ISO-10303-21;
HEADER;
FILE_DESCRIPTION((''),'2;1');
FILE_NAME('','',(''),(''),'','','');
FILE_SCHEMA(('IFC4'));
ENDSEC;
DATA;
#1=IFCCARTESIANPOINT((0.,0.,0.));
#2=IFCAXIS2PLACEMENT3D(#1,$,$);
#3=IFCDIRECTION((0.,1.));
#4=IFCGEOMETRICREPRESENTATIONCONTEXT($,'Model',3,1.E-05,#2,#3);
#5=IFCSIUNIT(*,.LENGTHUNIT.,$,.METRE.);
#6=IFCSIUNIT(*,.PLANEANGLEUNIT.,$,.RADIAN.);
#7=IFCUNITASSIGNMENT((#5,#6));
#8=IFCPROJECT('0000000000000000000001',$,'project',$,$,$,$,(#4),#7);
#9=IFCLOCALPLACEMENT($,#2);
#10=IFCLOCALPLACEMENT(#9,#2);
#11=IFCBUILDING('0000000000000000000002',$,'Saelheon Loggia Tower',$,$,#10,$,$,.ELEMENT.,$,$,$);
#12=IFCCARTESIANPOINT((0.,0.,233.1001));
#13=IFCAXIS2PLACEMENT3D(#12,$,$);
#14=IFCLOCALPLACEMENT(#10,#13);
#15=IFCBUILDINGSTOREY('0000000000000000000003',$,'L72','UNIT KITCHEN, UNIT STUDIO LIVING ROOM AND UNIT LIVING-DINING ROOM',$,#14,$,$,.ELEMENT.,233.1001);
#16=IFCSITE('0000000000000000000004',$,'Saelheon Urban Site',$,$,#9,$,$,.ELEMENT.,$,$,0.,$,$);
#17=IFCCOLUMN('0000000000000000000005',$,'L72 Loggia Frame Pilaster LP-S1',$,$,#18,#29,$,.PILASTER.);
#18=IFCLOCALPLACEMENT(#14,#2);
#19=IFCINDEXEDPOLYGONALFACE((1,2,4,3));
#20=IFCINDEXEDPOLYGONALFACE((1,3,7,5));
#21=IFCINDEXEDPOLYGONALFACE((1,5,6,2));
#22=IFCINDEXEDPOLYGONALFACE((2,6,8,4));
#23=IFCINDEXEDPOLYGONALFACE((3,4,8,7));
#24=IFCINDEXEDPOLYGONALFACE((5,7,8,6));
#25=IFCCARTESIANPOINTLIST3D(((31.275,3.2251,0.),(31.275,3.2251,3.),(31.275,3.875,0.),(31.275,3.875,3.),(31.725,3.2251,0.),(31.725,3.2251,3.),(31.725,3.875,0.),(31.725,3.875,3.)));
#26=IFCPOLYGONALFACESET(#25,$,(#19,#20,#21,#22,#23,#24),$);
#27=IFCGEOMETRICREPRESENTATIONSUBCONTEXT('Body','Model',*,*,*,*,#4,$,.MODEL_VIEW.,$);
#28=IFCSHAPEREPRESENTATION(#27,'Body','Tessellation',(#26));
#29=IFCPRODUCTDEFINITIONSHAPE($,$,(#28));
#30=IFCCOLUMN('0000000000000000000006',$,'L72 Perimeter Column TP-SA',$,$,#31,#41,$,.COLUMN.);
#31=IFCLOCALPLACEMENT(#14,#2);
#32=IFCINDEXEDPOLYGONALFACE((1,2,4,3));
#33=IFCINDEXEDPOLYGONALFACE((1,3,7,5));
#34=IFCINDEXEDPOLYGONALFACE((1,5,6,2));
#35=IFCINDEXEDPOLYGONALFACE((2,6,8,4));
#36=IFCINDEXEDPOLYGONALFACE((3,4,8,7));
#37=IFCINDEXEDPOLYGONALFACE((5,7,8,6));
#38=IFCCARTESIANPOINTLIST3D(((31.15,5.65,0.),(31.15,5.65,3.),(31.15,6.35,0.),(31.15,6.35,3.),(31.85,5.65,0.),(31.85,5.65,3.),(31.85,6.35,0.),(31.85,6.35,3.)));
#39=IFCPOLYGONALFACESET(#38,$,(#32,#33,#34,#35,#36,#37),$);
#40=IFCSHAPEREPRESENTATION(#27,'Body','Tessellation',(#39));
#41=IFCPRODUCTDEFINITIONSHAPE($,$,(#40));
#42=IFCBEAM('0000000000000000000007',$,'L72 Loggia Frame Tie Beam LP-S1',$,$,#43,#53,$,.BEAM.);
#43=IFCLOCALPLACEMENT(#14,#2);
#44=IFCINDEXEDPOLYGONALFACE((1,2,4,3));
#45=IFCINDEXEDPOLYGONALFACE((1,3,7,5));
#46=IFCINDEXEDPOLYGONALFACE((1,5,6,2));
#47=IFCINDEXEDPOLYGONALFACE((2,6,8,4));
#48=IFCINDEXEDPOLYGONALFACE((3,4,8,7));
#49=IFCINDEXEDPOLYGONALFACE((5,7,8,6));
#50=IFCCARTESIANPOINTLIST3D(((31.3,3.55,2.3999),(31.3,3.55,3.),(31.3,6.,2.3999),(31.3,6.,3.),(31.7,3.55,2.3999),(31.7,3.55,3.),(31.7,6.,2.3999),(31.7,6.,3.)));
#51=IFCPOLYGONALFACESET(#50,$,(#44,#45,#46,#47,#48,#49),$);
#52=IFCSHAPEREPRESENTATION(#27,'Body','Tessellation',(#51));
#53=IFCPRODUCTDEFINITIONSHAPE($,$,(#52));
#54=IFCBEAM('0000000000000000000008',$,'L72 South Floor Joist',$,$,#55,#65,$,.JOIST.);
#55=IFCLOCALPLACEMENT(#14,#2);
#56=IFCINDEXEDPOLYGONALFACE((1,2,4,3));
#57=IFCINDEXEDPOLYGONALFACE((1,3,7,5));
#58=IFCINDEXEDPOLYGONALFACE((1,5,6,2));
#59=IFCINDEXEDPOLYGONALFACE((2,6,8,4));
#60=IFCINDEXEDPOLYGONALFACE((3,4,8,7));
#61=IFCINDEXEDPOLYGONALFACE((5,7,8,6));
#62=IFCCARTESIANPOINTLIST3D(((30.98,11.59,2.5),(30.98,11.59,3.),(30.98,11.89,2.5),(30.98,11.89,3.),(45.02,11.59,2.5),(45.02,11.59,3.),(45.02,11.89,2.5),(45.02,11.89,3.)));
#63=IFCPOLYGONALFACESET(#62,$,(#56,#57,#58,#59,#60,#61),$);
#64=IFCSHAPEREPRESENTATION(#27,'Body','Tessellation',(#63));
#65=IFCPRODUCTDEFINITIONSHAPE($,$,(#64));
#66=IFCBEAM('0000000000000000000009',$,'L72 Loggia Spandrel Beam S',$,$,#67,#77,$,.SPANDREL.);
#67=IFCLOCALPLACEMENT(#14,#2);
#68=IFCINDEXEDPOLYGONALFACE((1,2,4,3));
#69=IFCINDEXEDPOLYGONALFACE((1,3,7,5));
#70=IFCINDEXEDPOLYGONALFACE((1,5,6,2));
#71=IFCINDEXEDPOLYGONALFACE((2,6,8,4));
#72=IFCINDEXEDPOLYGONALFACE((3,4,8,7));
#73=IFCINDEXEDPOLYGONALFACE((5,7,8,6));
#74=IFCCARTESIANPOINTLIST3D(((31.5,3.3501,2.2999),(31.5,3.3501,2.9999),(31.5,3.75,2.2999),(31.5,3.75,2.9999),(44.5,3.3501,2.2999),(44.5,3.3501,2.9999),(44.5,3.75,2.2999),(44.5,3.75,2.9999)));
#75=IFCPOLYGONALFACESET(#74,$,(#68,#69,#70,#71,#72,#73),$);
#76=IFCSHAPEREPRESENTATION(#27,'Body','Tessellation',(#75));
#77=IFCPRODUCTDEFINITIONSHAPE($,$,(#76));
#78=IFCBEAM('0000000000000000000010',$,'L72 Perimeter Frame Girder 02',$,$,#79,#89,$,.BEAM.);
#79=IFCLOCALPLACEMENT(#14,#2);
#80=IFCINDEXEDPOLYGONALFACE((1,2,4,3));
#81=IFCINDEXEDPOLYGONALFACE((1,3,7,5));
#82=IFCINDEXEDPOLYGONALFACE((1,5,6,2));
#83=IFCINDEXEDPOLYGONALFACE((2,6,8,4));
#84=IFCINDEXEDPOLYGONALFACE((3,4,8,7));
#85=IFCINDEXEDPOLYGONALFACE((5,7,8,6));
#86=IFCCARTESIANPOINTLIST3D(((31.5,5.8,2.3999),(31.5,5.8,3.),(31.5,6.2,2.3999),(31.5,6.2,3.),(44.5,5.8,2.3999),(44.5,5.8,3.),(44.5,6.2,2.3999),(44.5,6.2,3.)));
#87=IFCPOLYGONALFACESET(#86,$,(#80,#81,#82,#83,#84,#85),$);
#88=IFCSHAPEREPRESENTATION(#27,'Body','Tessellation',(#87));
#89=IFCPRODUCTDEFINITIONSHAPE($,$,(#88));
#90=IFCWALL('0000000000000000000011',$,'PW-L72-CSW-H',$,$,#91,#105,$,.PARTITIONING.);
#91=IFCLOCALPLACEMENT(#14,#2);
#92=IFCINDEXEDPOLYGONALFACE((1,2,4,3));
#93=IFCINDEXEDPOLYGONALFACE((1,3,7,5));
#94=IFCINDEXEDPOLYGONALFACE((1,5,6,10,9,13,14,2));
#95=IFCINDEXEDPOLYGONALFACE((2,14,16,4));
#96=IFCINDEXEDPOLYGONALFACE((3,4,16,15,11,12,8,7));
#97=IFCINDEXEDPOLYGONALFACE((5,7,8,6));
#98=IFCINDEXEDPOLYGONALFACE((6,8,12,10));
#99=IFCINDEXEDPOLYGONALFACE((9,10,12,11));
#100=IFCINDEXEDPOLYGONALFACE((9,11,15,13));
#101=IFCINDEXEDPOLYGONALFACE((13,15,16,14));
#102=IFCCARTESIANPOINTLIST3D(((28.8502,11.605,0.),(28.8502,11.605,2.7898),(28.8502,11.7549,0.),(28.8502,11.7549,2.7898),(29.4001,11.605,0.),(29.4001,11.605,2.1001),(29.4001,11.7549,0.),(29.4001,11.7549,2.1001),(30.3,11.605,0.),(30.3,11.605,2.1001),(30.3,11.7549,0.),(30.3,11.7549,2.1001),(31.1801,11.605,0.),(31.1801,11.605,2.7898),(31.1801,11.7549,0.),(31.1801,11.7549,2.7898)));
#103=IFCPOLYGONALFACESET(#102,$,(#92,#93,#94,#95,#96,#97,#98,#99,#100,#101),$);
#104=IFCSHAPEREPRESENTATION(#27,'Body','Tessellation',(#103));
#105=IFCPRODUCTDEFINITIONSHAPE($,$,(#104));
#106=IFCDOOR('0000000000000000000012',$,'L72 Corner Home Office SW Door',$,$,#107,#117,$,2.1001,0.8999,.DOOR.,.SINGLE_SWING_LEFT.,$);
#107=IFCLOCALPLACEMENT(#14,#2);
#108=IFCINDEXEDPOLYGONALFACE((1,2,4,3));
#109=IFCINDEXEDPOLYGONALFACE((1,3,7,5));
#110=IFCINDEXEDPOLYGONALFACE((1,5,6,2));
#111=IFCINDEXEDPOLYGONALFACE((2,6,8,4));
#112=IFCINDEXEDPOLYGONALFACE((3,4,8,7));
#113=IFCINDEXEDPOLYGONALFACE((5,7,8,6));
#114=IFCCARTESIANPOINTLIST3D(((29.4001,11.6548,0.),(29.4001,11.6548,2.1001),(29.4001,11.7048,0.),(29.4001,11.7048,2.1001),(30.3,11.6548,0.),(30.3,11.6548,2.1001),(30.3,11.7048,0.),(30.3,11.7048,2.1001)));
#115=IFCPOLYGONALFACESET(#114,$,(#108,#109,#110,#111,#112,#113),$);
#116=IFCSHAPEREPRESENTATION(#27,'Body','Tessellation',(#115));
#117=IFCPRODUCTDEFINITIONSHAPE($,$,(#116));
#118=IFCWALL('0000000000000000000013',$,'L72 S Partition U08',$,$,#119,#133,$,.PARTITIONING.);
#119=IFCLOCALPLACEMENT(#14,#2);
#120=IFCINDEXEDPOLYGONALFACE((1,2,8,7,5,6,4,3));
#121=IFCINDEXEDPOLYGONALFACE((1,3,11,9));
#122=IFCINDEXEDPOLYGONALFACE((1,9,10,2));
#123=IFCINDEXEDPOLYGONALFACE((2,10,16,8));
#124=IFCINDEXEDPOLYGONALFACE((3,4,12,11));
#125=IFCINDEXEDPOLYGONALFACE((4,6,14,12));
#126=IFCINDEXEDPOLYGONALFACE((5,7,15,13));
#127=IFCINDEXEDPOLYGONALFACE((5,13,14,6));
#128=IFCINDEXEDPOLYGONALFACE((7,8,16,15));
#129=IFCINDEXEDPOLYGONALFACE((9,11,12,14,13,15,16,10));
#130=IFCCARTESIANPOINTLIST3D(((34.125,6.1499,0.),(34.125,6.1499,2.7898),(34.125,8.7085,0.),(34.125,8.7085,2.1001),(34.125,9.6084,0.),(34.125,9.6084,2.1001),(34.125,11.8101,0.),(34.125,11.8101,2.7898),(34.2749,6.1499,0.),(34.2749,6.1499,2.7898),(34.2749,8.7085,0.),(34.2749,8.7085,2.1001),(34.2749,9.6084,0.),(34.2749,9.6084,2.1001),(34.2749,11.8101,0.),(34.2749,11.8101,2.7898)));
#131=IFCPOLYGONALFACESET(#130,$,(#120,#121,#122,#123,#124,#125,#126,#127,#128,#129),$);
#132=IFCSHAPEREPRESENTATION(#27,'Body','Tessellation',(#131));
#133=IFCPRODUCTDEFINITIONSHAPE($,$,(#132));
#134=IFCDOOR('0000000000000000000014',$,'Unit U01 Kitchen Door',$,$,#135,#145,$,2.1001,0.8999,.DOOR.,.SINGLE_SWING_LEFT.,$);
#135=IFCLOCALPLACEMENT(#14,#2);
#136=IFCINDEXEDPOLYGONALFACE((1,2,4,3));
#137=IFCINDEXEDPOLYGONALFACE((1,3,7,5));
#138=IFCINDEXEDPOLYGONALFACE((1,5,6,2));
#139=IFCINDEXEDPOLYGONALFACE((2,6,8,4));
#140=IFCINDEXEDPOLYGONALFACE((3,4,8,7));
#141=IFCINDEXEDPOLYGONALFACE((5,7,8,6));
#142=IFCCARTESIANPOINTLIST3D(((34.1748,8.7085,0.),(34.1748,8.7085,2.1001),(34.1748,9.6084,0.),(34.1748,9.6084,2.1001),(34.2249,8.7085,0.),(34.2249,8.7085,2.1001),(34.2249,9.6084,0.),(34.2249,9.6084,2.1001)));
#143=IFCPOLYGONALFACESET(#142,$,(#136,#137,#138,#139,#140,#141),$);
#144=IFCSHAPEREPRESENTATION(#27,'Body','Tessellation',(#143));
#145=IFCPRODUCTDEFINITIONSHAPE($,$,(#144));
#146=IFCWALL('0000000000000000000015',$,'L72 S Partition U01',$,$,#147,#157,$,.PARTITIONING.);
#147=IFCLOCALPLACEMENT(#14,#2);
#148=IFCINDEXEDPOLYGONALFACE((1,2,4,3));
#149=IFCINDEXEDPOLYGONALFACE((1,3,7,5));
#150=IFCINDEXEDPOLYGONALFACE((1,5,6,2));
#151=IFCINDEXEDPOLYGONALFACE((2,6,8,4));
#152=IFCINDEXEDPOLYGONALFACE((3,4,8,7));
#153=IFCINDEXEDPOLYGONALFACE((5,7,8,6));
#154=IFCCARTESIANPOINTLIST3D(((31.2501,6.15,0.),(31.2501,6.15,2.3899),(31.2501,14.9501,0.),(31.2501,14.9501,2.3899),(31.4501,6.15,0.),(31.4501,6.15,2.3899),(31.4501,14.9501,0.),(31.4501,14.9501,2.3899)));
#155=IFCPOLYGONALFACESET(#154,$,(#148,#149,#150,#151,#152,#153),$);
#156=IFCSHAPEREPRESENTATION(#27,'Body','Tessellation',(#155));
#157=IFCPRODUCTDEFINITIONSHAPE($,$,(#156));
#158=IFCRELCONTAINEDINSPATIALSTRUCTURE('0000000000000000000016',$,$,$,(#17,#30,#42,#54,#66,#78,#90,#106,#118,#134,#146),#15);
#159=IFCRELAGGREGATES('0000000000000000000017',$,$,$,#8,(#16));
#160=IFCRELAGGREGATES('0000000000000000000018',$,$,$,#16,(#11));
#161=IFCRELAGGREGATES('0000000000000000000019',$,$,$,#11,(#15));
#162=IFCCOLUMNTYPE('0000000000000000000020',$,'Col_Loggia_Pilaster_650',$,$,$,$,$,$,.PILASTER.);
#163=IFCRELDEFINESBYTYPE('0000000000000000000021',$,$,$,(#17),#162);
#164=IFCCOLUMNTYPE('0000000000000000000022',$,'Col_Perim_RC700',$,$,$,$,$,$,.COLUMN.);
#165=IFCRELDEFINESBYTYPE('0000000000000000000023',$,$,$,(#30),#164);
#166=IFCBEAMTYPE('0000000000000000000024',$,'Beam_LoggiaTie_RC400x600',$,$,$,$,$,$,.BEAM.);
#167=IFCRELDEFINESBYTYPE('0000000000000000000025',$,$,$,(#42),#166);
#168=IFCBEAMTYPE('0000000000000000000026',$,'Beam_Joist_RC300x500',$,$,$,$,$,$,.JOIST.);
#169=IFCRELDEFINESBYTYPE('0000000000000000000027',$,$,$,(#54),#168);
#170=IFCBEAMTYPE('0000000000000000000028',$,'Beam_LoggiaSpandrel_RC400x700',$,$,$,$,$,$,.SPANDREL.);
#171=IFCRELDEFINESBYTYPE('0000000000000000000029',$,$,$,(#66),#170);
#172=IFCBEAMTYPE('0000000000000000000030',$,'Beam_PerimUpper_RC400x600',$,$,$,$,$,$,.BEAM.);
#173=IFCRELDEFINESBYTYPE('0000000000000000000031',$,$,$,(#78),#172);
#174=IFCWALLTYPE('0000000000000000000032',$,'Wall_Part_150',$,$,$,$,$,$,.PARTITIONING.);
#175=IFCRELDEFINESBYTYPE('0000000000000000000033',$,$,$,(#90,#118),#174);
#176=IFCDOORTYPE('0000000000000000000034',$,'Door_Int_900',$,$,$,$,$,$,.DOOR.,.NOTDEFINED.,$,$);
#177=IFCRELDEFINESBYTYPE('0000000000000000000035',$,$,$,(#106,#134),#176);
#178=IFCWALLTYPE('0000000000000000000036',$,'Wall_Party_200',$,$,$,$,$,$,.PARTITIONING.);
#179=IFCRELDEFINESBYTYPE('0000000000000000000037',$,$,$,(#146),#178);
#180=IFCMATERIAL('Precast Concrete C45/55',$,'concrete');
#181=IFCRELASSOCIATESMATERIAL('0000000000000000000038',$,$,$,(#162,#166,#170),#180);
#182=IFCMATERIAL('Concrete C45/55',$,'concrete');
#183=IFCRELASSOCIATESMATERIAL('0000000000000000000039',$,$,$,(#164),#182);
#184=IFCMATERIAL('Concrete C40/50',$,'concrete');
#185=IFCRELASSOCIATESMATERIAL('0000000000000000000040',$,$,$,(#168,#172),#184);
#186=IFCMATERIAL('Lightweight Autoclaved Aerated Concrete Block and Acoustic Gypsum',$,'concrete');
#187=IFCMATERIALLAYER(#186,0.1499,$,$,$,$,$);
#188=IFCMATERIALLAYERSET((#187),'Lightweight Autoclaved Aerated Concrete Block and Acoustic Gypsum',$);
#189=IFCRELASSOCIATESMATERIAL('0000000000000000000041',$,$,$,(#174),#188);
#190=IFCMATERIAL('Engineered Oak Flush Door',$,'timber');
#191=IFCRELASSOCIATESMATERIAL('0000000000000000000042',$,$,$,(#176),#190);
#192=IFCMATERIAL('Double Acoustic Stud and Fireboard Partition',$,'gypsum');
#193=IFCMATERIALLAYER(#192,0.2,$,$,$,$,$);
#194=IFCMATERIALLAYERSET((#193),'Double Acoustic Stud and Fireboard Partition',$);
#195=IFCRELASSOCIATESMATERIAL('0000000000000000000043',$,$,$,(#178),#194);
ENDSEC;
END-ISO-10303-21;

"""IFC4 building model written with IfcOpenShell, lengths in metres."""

from ifc_helpers import new_model, si_unit, direction, frame, frame_2d, origin, origin_2d, place, context, subcontext, project, spatial, rectangle, extrude, source, transform, mapped, material, layer, layer_set, material_profile, profile_set, type_object, element, fill, save


model = new_model("IFC4")

# Units and contexts
model_context = context("Model", 3, precision=1e-05, world=origin(), true_north=direction((0.0, 1.0)))
body_context = subcontext(model_context, "Body", "Model", "MODEL_VIEW")
ifc_project = project(units=[si_unit("LENGTHUNIT", "METRE"), si_unit("PLANEANGLEUNIT", "RADIAN")], contexts=[model_context])

# Site, building, storey
site_placement = place(None, origin())
site = spatial("IfcSite", under=ifc_project, at=site_placement, Name="Saelheon Urban Site", CompositionType="ELEMENT", RefElevation=0.0)
building_placement = place(site_placement, origin())
building = spatial("IfcBuilding", under=site, at=building_placement, Name="Saelheon Loggia Tower", CompositionType="ELEMENT")
storey_placement = place(building_placement, frame((0.0, 0.0, 233.1001)))
storey = spatial("IfcBuildingStorey", under=building, at=storey_placement, Name="L72", Description="UNIT KITCHEN, UNIT STUDIO LIVING ROOM AND UNIT LIVING-DINING ROOM", CompositionType="ELEMENT", Elevation=233.1001)

# Columns
ifc_material_1 = material(Name="Precast Concrete C45/55", Category="concrete")
ifc_material_profile_1 = material_profile(ifc_material_1, rectangle(XDim=0.45, YDim=0.6499, at=origin_2d()), Name="RC-450x650")
ifc_profile_set_1 = profile_set([ifc_material_profile_1], Name="Precast Concrete C45/55")
column_type_1 = type_object("IfcColumnType", Name="Col_Loggia_Pilaster_650", PredefinedType="PILASTER", material=ifc_profile_set_1)
shared_shape_1 = source(origin(), body_context, "Body", "SweptSolid", [
    extrude(rectangle(XDim=0.45, YDim=0.6499, at=origin_2d()), origin(), (0.0, 0.0, 1.0), 3.0),
])
column_1_placement = place(storey_placement, frame((31.5, 3.55, 0.0), z_axis=(0.0, 0.0, 1.0), x_axis=(1.0, 0.0, 0.0)))
element("IfcColumn", 1, at=column_1_placement, inside=storey, type_object=column_type_1, Name="L72 Loggia Frame Pilaster LP-S1", PredefinedType="PILASTER", context=body_context, shape_type="MappedRepresentation", body=[
    mapped(shared_shape_1, transform((0.0, 0.0, 0.0), scale=1.0)),
])
ifc_material_2 = material(Name="Concrete C45/55", Category="concrete")
ifc_material_profile_2 = material_profile(ifc_material_2, rectangle(XDim=0.7, YDim=0.7, at=origin_2d()), Name="RC-700x700")
ifc_profile_set_2 = profile_set([ifc_material_profile_2], Name="Concrete C45/55")
column_type_2 = type_object("IfcColumnType", Name="Col_Perim_RC700", PredefinedType="COLUMN", material=ifc_profile_set_2)
shared_shape_2 = source(origin(), body_context, "Body", "SweptSolid", [
    extrude(rectangle(XDim=0.7, YDim=0.7, at=origin_2d()), origin(), (0.0, 0.0, 1.0), 3.0),
])
column_2_placement = place(storey_placement, frame((31.5, 6.0, 0.0), z_axis=(0.0, 0.0, 1.0), x_axis=(1.0, 0.0, 0.0)))
element("IfcColumn", 2, at=column_2_placement, inside=storey, type_object=column_type_2, Name="L72 Perimeter Column TP-SA", PredefinedType="COLUMN", context=body_context, shape_type="MappedRepresentation", body=[
    mapped(shared_shape_2, transform((0.0, 0.0, 0.0), scale=1.0)),
])

# Beams
ifc_material_profile_3 = material_profile(ifc_material_1, rectangle(XDim=0.3999, YDim=0.6001, at=origin_2d()), Name="RC-400x600")
ifc_profile_set_3 = profile_set([ifc_material_profile_3], Name="Precast Concrete C45/55")
beam_type_1 = type_object("IfcBeamType", Name="Beam_LoggiaTie_RC400x600", PredefinedType="BEAM", material=ifc_profile_set_3)
shared_shape_3 = source(origin(), body_context, "Body", "SweptSolid", [
    extrude(rectangle(XDim=0.3999, YDim=0.6001, at=origin_2d()), origin(), (0.0, 0.0, 1.0), 2.45),
])
beam_1_placement = place(storey_placement, frame((31.5, 6.0, 2.7), z_axis=(0.0, -1.0, 0.0), x_axis=(1.0, 0.0, 0.0)))
element("IfcBeam", 3, at=beam_1_placement, inside=storey, type_object=beam_type_1, Name="L72 Loggia Frame Tie Beam LP-S1", PredefinedType="BEAM", context=body_context, shape_type="MappedRepresentation", body=[
    mapped(shared_shape_3, transform((0.0, 0.0, 0.0), scale=1.0)),
])
ifc_material_3 = material(Name="Concrete C40/50", Category="concrete")
ifc_material_profile_4 = material_profile(ifc_material_3, rectangle(XDim=0.3, YDim=0.5, at=origin_2d()), Name="RC-300x500")
ifc_profile_set_4 = profile_set([ifc_material_profile_4], Name="Concrete C40/50")
beam_type_2 = type_object("IfcBeamType", Name="Beam_Joist_RC300x500", PredefinedType="JOIST", material=ifc_profile_set_4)
shared_shape_4 = source(origin(), body_context, "Body", "SweptSolid", [
    extrude(rectangle(XDim=0.3, YDim=0.5, at=origin_2d()), origin(), (0.0, 0.0, 1.0), 14.04),
])
beam_2_placement = place(storey_placement, frame((30.98, 11.74, 2.75), z_axis=(1.0, 0.0, 0.0), x_axis=(0.0, 1.0, 0.0)))
element("IfcBeam", 4, at=beam_2_placement, inside=storey, type_object=beam_type_2, Name="L72 South Floor Joist", PredefinedType="JOIST", context=body_context, shape_type="MappedRepresentation", body=[
    mapped(shared_shape_4, transform((0.0, 0.0, 0.0), scale=1.0)),
])
ifc_material_profile_5 = material_profile(ifc_material_1, rectangle(XDim=0.3999, YDim=0.7, at=origin_2d()), Name="RC-400x700")
ifc_profile_set_5 = profile_set([ifc_material_profile_5], Name="Precast Concrete C45/55")
beam_type_3 = type_object("IfcBeamType", Name="Beam_LoggiaSpandrel_RC400x700", PredefinedType="SPANDREL", material=ifc_profile_set_5)
shared_shape_5 = source(origin(), body_context, "Body", "SweptSolid", [
    extrude(rectangle(XDim=0.3999, YDim=0.7, at=origin_2d()), origin(), (0.0, 0.0, 1.0), 13.0),
])
beam_3_placement = place(storey_placement, frame((31.5, 3.55, 2.6499), z_axis=(1.0, 0.0, 0.0), x_axis=(0.0, 1.0, 0.0)))
element("IfcBeam", 5, at=beam_3_placement, inside=storey, type_object=beam_type_3, Name="L72 Loggia Spandrel Beam S", PredefinedType="SPANDREL", context=body_context, shape_type="MappedRepresentation", body=[
    mapped(shared_shape_5, transform((0.0, 0.0, 0.0), scale=1.0)),
])
ifc_material_profile_6 = material_profile(ifc_material_3, rectangle(XDim=0.3999, YDim=0.6001, at=origin_2d()), Name="RC-400x600")
ifc_profile_set_6 = profile_set([ifc_material_profile_6], Name="Concrete C40/50")
beam_type_4 = type_object("IfcBeamType", Name="Beam_PerimUpper_RC400x600", PredefinedType="BEAM", material=ifc_profile_set_6)
shared_shape_6 = source(origin(), body_context, "Body", "SweptSolid", [
    extrude(rectangle(XDim=0.3999, YDim=0.6001, at=origin_2d()), origin(), (0.0, 0.0, 1.0), 13.0),
])
beam_4_placement = place(storey_placement, frame((31.5, 6.0, 2.7), z_axis=(1.0, 0.0, 0.0), x_axis=(0.0, 1.0, 0.0)))
element("IfcBeam", 6, at=beam_4_placement, inside=storey, type_object=beam_type_4, Name="L72 Perimeter Frame Girder 02", PredefinedType="BEAM", context=body_context, shape_type="MappedRepresentation", body=[
    mapped(shared_shape_6, transform((0.0, 0.0, 0.0), scale=1.0)),
])

# Walls, openings, doors
ifc_material_4 = material(Name="Lightweight Autoclaved Aerated Concrete Block and Acoustic Gypsum", Category="concrete")
ifc_layer_1 = layer(ifc_material_4, 0.1499)
ifc_layer_set_1 = layer_set([ifc_layer_1], Name="Lightweight Autoclaved Aerated Concrete Block and Acoustic Gypsum")
wall_type_1 = type_object("IfcWallType", Name="Wall_Part_150", PredefinedType="PARTITIONING", material=ifc_layer_set_1)
wall_1_placement = place(storey_placement, frame((28.8501, 11.6799, 0.0), z_axis=(0.0, 0.0, 1.0), x_axis=(1.0, 0.0, 0.0)))
wall_1 = element("IfcWall", 7, at=wall_1_placement, inside=storey, type_object=wall_type_1, Name="PW-L72-CSW-H", PredefinedType="PARTITIONING", context=body_context, shape_type="SweptSolid", body=[
    extrude(rectangle(XDim=2.3298, YDim=0.1499, at=frame_2d((1.165, 0.0))), origin(), (0.0, 0.0, 1.0), 2.7898),
])
opening_1_placement = place(wall_1_placement, frame((0.55, 0.0, 0.0)))
opening_1 = element("IfcOpeningElement", 8, at=opening_1_placement, cuts=wall_1, PredefinedType="OPENING", context=body_context, shape_type="SweptSolid", body=[
    extrude(rectangle(XDim=0.8999, YDim=2.1001, at=frame_2d((0.45, 1.05))), frame((0.0, 0.0869, 0.0), z_axis=(0.0, -1.0, 0.0), x_axis=(1.0, 0.0, 0.0)), (0.0, 0.0, 1.0), 0.1738),
])
ifc_material_5 = material(Name="Engineered Oak Flush Door", Category="timber")
door_type_1 = type_object("IfcDoorType", Name="Door_Int_900", OperationType="NOTDEFINED", PredefinedType="DOOR", material=ifc_material_5)
shared_shape_7 = source(origin(), body_context, "Body", "SweptSolid", [
    extrude(rectangle(XDim=0.8999, YDim=2.1001, at=frame_2d((0.45, 1.05))), frame((0.0, 0.0249, 0.0), z_axis=(0.0, -1.0, 0.0), x_axis=(1.0, 0.0, 0.0)), (0.0, 0.0, 1.0), 0.05),
])
door_1_placement = place(opening_1_placement, origin())
door_1 = element("IfcDoor", 9, at=door_1_placement, inside=storey, type_object=door_type_1, Name="L72 Corner Home Office SW Door", OperationType="SINGLE_SWING_LEFT", OverallHeight=2.1001, OverallWidth=0.8999, PredefinedType="DOOR", context=body_context, shape_type="MappedRepresentation", body=[
    mapped(shared_shape_7, transform((0.0, 0.0, 0.0), scale=1.0)),
])
fill(opening_1, door_1)
wall_2_placement = place(storey_placement, frame((34.2, 11.8101, 0.0), z_axis=(0.0, 0.0, 1.0), x_axis=(0.0, -1.0, 0.0)))
wall_2 = element("IfcWall", 10, at=wall_2_placement, inside=storey, type_object=wall_type_1, Name="L72 S Partition U08", PredefinedType="PARTITIONING", context=body_context, shape_type="SweptSolid", body=[
    extrude(rectangle(XDim=5.6602, YDim=0.1499, at=frame_2d((2.8301, 0.0))), origin(), (0.0, 0.0, 1.0), 2.7898),
])
opening_2_placement = place(wall_2_placement, frame((2.2017, 0.0, 0.0)))
opening_2 = element("IfcOpeningElement", 11, at=opening_2_placement, cuts=wall_2, PredefinedType="OPENING", context=body_context, shape_type="SweptSolid", body=[
    extrude(rectangle(XDim=0.8999, YDim=2.1001, at=frame_2d((0.45, 1.05))), frame((0.0, 0.0869, 0.0), z_axis=(0.0, -1.0, 0.0), x_axis=(1.0, 0.0, 0.0)), (0.0, 0.0, 1.0), 0.1738),
])
door_2_placement = place(opening_2_placement, origin())
door_2 = element("IfcDoor", 12, at=door_2_placement, inside=storey, type_object=door_type_1, Name="Unit U01 Kitchen Door", OperationType="SINGLE_SWING_LEFT", OverallHeight=2.1001, OverallWidth=0.8999, PredefinedType="DOOR", context=body_context, shape_type="MappedRepresentation", body=[
    mapped(shared_shape_7, transform((0.0, 0.0, 0.0), scale=1.0)),
])
fill(opening_2, door_2)

# Wall
ifc_material_6 = material(Name="Double Acoustic Stud and Fireboard Partition", Category="gypsum")
ifc_layer_2 = layer(ifc_material_6, 0.2)
ifc_layer_set_2 = layer_set([ifc_layer_2], Name="Double Acoustic Stud and Fireboard Partition")
wall_type_2 = type_object("IfcWallType", Name="Wall_Party_200", PredefinedType="PARTITIONING", material=ifc_layer_set_2)
wall_3_placement = place(storey_placement, frame((31.3501, 14.95, 0.0), z_axis=(0.0, 0.0, 1.0), x_axis=(0.0, -1.0, 0.0)))
element("IfcWall", 13, at=wall_3_placement, inside=storey, type_object=wall_type_2, Name="L72 S Partition U01", PredefinedType="PARTITIONING", context=body_context, shape_type="SweptSolid", body=[
    extrude(rectangle(XDim=8.8, YDim=0.2, at=frame_2d((4.3999, 0.0))), origin(), (0.0, 0.0, 1.0), 2.3899),
])

save(model, "model.ifc")
